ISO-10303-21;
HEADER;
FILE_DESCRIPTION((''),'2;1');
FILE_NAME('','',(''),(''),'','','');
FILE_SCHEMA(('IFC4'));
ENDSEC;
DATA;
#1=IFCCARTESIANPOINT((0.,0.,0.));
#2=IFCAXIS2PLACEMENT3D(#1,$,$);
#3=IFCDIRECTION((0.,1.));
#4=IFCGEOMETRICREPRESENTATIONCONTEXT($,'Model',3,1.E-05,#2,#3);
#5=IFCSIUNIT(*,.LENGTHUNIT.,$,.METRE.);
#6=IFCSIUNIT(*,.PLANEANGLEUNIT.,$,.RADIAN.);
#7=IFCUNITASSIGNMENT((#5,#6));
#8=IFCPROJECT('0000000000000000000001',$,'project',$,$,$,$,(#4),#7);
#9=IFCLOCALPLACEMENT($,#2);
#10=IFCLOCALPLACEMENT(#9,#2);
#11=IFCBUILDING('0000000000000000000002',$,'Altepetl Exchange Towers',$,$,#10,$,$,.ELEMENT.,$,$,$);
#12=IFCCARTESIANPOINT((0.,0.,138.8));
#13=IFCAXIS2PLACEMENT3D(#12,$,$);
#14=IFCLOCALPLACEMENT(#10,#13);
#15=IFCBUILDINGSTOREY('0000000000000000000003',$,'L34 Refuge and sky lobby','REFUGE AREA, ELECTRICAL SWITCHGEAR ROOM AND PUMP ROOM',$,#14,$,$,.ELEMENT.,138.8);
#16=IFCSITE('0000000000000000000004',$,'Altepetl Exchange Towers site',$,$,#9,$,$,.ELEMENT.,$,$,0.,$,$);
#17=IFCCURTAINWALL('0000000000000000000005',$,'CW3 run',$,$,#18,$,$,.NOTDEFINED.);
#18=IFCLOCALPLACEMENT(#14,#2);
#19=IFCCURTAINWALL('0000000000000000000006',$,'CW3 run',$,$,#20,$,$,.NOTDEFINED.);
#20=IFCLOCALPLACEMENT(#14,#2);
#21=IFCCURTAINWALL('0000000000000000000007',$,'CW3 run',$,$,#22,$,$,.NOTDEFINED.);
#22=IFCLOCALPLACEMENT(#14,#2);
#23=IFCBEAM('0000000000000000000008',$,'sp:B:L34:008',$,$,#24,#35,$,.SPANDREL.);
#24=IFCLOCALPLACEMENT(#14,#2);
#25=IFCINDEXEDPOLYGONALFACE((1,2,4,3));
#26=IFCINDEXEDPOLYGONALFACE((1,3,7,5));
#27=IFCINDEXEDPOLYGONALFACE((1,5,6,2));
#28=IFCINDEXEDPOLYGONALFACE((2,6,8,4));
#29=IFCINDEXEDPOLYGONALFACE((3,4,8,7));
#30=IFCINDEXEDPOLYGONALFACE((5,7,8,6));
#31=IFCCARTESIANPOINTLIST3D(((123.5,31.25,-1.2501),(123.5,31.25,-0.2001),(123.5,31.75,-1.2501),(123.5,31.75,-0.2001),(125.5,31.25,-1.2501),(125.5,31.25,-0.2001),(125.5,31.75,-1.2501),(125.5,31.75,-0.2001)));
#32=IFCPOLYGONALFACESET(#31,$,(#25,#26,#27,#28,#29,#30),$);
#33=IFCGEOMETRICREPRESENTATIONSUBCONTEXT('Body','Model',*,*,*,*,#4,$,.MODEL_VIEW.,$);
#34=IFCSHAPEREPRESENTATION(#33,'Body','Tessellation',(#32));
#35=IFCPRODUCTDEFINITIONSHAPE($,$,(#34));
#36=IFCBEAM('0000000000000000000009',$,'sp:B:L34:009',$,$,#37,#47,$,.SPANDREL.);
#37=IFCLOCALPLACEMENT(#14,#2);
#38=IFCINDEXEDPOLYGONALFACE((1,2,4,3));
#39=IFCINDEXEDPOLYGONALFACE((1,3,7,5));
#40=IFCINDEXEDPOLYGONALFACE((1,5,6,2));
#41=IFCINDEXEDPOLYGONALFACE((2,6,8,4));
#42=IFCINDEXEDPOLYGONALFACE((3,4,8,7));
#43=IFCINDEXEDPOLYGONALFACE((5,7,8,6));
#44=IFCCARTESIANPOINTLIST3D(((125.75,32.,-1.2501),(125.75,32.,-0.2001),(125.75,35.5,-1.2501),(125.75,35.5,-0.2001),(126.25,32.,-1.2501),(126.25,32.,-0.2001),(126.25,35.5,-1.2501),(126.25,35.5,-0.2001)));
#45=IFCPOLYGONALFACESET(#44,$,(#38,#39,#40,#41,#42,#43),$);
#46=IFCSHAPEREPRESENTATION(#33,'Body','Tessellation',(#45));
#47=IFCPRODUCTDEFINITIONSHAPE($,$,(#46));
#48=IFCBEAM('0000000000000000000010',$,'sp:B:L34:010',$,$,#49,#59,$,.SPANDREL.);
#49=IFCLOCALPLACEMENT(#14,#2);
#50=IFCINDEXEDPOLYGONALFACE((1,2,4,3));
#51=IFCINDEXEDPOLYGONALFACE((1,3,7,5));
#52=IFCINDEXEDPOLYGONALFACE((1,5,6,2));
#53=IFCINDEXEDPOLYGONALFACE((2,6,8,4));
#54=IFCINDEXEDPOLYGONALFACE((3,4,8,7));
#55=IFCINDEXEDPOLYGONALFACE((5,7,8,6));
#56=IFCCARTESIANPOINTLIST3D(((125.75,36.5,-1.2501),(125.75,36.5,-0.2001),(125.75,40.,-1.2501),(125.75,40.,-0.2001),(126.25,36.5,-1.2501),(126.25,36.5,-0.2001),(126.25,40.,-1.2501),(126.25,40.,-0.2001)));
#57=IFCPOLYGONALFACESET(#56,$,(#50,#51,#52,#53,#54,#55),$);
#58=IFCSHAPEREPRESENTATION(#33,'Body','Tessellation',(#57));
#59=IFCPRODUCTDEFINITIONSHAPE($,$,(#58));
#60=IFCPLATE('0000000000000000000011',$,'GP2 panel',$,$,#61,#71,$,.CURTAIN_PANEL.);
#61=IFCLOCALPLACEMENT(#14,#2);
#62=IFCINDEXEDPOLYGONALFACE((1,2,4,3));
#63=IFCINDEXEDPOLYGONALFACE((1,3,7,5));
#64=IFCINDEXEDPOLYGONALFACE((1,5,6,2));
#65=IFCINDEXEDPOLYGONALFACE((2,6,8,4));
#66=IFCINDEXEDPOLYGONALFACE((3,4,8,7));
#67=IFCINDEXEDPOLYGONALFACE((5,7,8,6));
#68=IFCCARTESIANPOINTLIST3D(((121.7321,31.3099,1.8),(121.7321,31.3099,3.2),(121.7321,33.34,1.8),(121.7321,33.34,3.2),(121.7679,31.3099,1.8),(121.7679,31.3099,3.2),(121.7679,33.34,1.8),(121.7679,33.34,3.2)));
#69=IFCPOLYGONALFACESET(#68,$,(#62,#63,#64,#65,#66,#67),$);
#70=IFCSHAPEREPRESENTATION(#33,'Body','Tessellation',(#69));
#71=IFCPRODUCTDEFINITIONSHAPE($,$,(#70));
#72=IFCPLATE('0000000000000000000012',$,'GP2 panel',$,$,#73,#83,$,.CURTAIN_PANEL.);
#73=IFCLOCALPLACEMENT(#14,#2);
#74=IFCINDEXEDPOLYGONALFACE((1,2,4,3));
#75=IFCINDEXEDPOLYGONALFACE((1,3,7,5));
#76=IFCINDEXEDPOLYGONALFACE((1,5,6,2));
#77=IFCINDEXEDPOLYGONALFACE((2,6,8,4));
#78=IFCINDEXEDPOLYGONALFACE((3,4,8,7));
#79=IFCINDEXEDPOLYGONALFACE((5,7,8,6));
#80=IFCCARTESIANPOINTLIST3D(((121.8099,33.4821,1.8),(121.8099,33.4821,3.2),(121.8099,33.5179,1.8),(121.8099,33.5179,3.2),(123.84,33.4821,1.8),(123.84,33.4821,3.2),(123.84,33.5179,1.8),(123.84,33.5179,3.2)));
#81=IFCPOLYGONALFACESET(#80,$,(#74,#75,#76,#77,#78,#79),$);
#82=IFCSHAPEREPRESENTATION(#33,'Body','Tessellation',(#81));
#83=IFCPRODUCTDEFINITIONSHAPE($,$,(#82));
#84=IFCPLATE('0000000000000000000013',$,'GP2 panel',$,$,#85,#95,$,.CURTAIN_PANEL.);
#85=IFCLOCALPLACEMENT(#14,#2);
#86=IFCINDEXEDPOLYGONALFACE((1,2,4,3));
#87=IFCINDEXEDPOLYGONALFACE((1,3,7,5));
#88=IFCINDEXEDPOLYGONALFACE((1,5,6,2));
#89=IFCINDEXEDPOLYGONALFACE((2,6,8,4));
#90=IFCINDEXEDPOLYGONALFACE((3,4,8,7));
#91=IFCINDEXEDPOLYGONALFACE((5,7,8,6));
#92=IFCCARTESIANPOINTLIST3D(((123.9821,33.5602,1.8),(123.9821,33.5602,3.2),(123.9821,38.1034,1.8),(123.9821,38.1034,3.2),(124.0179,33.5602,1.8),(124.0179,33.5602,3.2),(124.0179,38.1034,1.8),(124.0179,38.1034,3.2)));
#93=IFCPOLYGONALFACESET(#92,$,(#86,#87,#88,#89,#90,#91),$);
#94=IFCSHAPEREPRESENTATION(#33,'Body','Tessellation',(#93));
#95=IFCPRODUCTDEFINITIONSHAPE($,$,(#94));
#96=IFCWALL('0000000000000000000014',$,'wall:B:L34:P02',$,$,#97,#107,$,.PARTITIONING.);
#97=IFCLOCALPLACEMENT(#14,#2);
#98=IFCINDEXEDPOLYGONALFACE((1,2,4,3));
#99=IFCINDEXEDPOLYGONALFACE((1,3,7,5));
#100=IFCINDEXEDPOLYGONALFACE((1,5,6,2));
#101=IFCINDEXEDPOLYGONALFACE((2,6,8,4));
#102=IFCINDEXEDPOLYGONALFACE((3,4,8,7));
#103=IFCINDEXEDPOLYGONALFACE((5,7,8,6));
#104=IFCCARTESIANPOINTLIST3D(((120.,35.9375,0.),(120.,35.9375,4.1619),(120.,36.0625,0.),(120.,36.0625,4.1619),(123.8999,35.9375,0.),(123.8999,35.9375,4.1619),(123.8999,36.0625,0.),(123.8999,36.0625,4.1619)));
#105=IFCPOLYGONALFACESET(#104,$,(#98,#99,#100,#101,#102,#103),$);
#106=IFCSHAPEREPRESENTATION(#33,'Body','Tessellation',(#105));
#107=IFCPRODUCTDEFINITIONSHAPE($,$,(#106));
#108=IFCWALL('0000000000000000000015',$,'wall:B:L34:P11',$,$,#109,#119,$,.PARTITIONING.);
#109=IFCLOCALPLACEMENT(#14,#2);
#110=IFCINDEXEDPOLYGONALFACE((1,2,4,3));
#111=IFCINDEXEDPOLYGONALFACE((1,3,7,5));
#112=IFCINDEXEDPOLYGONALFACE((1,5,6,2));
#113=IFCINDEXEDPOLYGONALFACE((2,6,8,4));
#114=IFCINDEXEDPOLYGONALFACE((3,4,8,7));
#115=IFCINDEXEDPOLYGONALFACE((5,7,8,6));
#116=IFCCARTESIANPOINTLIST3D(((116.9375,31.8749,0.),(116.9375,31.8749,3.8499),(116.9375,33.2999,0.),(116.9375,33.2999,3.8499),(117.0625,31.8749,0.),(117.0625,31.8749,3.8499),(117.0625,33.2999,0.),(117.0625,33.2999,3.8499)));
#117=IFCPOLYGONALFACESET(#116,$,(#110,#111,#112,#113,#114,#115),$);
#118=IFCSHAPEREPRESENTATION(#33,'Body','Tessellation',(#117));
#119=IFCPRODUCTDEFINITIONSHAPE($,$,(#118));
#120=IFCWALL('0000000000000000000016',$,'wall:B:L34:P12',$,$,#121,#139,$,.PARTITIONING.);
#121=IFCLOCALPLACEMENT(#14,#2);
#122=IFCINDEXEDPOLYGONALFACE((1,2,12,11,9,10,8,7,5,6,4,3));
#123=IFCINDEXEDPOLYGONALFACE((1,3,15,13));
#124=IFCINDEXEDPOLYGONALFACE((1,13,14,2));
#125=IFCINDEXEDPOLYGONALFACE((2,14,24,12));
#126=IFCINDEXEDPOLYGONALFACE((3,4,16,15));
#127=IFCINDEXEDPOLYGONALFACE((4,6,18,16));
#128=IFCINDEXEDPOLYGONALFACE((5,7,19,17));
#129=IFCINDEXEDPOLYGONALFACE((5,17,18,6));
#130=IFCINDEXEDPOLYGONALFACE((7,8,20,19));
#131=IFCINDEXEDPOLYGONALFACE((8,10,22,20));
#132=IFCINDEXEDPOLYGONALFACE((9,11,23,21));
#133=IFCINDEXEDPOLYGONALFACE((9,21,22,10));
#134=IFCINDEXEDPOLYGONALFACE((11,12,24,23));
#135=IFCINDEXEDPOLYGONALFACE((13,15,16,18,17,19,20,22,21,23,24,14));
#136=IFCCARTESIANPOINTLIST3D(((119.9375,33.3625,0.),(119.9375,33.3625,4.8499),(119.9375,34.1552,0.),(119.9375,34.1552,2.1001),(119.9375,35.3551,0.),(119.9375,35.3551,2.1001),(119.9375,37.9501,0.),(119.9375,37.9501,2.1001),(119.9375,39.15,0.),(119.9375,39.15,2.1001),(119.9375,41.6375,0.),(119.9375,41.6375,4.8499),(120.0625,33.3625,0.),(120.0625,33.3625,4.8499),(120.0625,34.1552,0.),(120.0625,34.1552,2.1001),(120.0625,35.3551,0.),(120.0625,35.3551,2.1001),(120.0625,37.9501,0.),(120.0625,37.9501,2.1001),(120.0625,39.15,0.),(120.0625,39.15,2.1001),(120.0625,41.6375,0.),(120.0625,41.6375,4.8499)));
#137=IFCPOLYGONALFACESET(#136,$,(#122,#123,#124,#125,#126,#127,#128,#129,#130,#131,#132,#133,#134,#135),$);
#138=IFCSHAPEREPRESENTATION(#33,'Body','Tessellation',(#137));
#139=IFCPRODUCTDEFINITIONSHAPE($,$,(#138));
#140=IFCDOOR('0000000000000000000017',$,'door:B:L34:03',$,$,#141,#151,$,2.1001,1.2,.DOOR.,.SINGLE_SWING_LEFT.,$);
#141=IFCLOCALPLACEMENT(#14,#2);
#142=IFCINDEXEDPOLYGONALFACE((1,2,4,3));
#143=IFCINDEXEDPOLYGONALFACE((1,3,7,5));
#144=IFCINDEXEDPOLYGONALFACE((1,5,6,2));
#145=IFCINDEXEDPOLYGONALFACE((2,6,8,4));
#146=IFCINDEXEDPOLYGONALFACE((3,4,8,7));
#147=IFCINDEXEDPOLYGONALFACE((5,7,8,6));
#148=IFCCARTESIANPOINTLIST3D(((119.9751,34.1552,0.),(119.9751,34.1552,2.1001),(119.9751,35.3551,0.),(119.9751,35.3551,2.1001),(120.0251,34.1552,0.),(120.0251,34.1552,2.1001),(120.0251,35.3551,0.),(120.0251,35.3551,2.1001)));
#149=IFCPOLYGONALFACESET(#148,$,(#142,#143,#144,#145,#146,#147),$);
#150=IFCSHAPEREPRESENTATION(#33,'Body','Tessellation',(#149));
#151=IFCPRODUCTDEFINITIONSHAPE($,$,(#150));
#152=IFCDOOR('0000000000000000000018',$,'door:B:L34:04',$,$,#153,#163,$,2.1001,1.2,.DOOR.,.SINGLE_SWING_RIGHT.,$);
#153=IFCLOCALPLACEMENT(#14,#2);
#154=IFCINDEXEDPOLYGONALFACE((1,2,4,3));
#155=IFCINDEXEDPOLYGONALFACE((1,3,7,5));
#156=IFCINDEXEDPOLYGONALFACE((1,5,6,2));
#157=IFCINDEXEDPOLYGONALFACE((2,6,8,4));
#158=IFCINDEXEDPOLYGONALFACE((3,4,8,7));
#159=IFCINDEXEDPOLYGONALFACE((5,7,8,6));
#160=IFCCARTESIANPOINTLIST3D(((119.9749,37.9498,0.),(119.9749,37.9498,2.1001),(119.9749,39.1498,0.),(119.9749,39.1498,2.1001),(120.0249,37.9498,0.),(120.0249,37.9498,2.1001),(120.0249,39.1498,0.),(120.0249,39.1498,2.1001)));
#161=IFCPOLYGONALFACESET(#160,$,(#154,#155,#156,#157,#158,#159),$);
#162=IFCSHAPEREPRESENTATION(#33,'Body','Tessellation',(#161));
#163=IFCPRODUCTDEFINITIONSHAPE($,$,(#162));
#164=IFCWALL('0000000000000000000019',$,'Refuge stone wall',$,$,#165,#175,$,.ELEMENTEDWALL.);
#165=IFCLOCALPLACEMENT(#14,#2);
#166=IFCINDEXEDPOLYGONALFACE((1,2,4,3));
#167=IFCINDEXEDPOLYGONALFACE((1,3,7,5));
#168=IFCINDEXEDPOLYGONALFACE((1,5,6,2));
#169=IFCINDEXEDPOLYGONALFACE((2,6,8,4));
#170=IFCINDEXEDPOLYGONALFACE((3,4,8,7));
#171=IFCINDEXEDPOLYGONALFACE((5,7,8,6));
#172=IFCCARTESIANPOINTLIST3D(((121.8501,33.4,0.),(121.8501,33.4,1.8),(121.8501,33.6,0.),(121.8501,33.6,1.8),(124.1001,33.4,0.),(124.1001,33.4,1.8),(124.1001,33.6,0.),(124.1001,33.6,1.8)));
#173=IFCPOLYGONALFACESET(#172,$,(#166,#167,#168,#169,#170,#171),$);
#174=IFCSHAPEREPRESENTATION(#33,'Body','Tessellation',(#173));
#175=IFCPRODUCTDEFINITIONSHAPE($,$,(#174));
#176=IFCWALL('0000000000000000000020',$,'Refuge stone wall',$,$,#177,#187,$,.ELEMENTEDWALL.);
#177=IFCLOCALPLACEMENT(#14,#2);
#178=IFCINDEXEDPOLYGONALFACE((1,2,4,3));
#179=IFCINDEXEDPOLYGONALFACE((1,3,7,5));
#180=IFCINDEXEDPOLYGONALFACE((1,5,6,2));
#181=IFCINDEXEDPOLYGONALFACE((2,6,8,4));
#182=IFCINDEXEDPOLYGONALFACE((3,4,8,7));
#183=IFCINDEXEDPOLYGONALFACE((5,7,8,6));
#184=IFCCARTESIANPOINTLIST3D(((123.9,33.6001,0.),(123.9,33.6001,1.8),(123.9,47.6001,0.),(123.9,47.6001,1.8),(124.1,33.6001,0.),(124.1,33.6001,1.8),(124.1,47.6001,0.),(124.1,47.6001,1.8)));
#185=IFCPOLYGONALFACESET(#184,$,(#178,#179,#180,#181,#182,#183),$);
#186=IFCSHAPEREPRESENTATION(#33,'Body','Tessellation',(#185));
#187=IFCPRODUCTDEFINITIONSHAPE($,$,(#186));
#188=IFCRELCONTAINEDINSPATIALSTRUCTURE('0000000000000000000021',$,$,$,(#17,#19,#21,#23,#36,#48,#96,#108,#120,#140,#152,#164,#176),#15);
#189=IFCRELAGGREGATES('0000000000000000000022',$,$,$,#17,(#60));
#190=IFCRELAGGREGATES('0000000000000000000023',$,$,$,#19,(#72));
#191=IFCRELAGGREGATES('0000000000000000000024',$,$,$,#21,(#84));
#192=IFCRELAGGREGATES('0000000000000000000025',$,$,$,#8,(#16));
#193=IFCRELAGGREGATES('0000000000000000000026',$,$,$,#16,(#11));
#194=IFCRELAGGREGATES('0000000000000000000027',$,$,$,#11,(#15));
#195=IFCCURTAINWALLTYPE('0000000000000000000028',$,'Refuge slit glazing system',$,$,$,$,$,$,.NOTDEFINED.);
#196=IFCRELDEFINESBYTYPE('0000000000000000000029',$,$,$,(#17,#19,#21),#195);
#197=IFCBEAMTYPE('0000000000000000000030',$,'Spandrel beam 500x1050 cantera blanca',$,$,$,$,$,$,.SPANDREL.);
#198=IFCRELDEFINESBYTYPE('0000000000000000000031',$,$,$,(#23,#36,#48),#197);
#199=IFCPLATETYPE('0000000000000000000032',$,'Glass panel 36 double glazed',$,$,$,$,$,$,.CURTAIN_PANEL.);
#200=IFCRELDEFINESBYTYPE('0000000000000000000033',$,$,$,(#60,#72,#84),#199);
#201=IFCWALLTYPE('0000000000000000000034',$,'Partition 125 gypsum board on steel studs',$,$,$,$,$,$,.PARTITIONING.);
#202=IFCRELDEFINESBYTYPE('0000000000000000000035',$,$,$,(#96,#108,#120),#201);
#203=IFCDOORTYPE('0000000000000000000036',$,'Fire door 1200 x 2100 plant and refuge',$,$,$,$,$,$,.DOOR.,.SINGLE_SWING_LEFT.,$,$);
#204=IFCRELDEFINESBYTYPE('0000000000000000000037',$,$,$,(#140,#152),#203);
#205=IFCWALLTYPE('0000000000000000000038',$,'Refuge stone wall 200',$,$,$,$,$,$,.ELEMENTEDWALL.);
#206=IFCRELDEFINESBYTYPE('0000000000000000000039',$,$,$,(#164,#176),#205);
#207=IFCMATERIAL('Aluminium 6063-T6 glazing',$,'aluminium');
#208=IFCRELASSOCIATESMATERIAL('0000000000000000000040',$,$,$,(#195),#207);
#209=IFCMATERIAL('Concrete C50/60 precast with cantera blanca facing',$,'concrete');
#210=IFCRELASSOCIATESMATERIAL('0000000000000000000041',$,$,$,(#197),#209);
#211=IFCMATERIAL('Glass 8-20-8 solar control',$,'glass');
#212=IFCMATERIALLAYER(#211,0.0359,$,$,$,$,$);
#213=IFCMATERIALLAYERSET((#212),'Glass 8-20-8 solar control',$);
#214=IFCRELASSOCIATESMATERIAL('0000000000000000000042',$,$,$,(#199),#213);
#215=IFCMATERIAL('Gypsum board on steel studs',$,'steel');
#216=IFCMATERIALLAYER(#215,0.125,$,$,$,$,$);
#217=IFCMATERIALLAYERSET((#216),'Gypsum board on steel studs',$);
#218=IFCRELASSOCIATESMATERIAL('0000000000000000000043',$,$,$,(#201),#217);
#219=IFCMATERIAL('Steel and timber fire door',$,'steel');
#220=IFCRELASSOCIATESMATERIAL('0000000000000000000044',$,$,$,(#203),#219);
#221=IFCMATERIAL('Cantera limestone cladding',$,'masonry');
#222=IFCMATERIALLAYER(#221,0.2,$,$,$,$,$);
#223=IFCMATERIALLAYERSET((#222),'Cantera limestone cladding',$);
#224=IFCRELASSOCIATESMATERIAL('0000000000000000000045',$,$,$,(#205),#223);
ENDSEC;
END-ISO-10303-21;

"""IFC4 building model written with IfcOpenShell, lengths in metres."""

from ifc_helpers import new_model, si_unit, direction, frame, frame_2d, origin, origin_2d, place, context, subcontext, project, spatial, rectangle, extrude, material, layer, layer_set, material_profile, profile_set, type_object, element, fill, aggregate, save


model = new_model("IFC4")

# Units and contexts
model_context = context("Model", 3, precision=1e-05, world=origin(), true_north=direction((0.0, 1.0)))
body_context = subcontext(model_context, "Body", "Model", "MODEL_VIEW")
ifc_project = project(units=[si_unit("LENGTHUNIT", "METRE"), si_unit("PLANEANGLEUNIT", "RADIAN")], contexts=[model_context])

# Site, building, storey
site_placement = place(None, origin())
site = spatial("IfcSite", under=ifc_project, at=site_placement, Name="Altepetl Exchange Towers site", CompositionType="ELEMENT", RefElevation=0.0)
building_placement = place(site_placement, origin())
building = spatial("IfcBuilding", under=site, at=building_placement, Name="Altepetl Exchange Towers", CompositionType="ELEMENT")
storey_placement = place(building_placement, frame((0.0, 0.0, 138.8)))
storey = spatial("IfcBuildingStorey", under=building, at=storey_placement, Name="L34 Refuge and sky lobby", Description="REFUGE AREA, ELECTRICAL SWITCHGEAR ROOM AND PUMP ROOM", CompositionType="ELEMENT", Elevation=138.8)

# Curtain wall
ifc_material_1 = material(Name="Aluminium 6063-T6 glazing", Category="aluminium")
curtain_wall_type = type_object("IfcCurtainWallType", Name="Refuge slit glazing system", PredefinedType="NOTDEFINED", material=ifc_material_1)
curtain_wall_1_placement = place(storey_placement, origin())
curtain_wall_1 = element("IfcCurtainWall", 1, at=curtain_wall_1_placement, inside=storey, type_object=curtain_wall_type, Name="CW3 run", PredefinedType="NOTDEFINED")

# Curtain walls
curtain_wall_2_placement = place(storey_placement, origin())
curtain_wall_2 = element("IfcCurtainWall", 2, at=curtain_wall_2_placement, inside=storey, type_object=curtain_wall_type, Name="CW3 run", PredefinedType="NOTDEFINED")
curtain_wall_3_placement = place(storey_placement, origin())
curtain_wall_3 = element("IfcCurtainWall", 3, at=curtain_wall_3_placement, inside=storey, type_object=curtain_wall_type, Name="CW3 run", PredefinedType="NOTDEFINED")

# Beams
ifc_material_2 = material(Name="Concrete C50/60 precast with cantera blanca facing", Category="concrete")
ifc_material_profile_1 = material_profile(ifc_material_2, rectangle(XDim=0.5, YDim=1.05, at=origin_2d()), Name="500 x 1050")
ifc_profile_set_1 = profile_set([ifc_material_profile_1], Name="Concrete C50/60 precast with cantera blanca facing")
beam_type_1 = type_object("IfcBeamType", Name="Spandrel beam 500x1050 cantera blanca", PredefinedType="SPANDREL", material=ifc_profile_set_1)
beam_1_placement = place(storey_placement, frame((123.5, 31.5, -0.7251), z_axis=(1.0, 0.0, 0.0), x_axis=(0.0, 1.0, 0.0)))
element("IfcBeam", 4, at=beam_1_placement, inside=storey, type_object=beam_type_1, Name="sp:B:L34:008", PredefinedType="SPANDREL", context=body_context, shape_type="SweptSolid", body=[
    extrude(rectangle(XDim=0.5, YDim=1.05, at=origin_2d()), origin(), (0.0, 0.0, 1.0), 2.0),
])
for number, where, z_axis, x_axis, name in (
    (5, (126.0, 32.0, -0.7251), (0.0, 1.0, 0.0), (-1.0, 0.0, 0.0), "sp:B:L34:009"),
    (6, (126.0, 36.5, -0.7251), (0.0, 1.0, 0.0), (-1.0, 0.0, 0.0), "sp:B:L34:010"),
):
    element("IfcBeam", number, at=place(storey_placement, frame(where, z_axis=z_axis, x_axis=x_axis)), inside=storey, type_object=beam_type_1, Name=name, PredefinedType="SPANDREL", context=body_context, shape_type="SweptSolid", body=[
        extrude(rectangle(XDim=0.5, YDim=1.05, at=origin_2d()), origin(), (0.0, 0.0, 1.0), 3.5),
    ])

# Plates
ifc_material_3 = material(Name="Glass 8-20-8 solar control", Category="glass")
ifc_layer_1 = layer(ifc_material_3, 0.0359)
ifc_layer_set_1 = layer_set([ifc_layer_1], Name="Glass 8-20-8 solar control")
plate_type = type_object("IfcPlateType", Name="Glass panel 36 double glazed", PredefinedType="CURTAIN_PANEL", material=ifc_layer_set_1)
plate_1_placement = place(storey_placement, frame((121.75, 32.325, 1.8), z_axis=(0.0, 0.0, 1.0), x_axis=(0.0, 1.0, 0.0)))
plate_1 = element("IfcPlate", 7, at=plate_1_placement, type_object=plate_type, Name="GP2 panel", PredefinedType="CURTAIN_PANEL", context=body_context, shape_type="SweptSolid", body=[
    extrude(rectangle(XDim=2.03, YDim=0.0359, at=origin_2d()), origin(), (0.0, 0.0, 1.0), 1.3999),
])
aggregate(curtain_wall_1, [plate_1])
plate_2_placement = place(storey_placement, frame((122.825, 33.5, 1.8)))
plate_2 = element("IfcPlate", 8, at=plate_2_placement, type_object=plate_type, Name="GP2 panel", PredefinedType="CURTAIN_PANEL", context=body_context, shape_type="SweptSolid", body=[
    extrude(rectangle(XDim=2.03, YDim=0.0359, at=origin_2d()), origin(), (0.0, 0.0, 1.0), 1.3999),
])
aggregate(curtain_wall_2, [plate_2])
plate_3_placement = place(storey_placement, frame((124.0, 35.8318, 1.8), z_axis=(0.0, 0.0, 1.0), x_axis=(0.0, 1.0, 0.0)))
plate_3 = element("IfcPlate", 9, at=plate_3_placement, type_object=plate_type, Name="GP2 panel", PredefinedType="CURTAIN_PANEL", context=body_context, shape_type="SweptSolid", body=[
    extrude(rectangle(XDim=4.5432, YDim=0.0359, at=origin_2d()), origin(), (0.0, 0.0, 1.0), 1.3999),
])
aggregate(curtain_wall_3, [plate_3])

# Walls
ifc_material_4 = material(Name="Gypsum board on steel studs", Category="steel")
ifc_layer_2 = layer(ifc_material_4, 0.125)
ifc_layer_set_2 = layer_set([ifc_layer_2], Name="Gypsum board on steel studs")
wall_type_1 = type_object("IfcWallType", Name="Partition 125 gypsum board on steel studs", PredefinedType="PARTITIONING", material=ifc_layer_set_2)
wall_1_placement = place(storey_placement, frame((120.0, 36.0, 0.0)))
element("IfcWall", 10, at=wall_1_placement, inside=storey, type_object=wall_type_1, Name="wall:B:L34:P02", PredefinedType="PARTITIONING", context=body_context, shape_type="SweptSolid", body=[
    extrude(rectangle(XDim=3.8999, YDim=0.125, at=frame_2d((1.95, 0.0))), origin(), (0.0, 0.0, 1.0), 4.1619),
])
wall_2_placement = place(storey_placement, frame((117.0, 31.875, 0.0), z_axis=(0.0, 0.0, 1.0), x_axis=(0.0, 1.0, 0.0)))
element("IfcWall", 11, at=wall_2_placement, inside=storey, type_object=wall_type_1, Name="wall:B:L34:P11", PredefinedType="PARTITIONING", context=body_context, shape_type="SweptSolid", body=[
    extrude(rectangle(XDim=1.425, YDim=0.125, at=frame_2d((0.7124, 0.0))), origin(), (0.0, 0.0, 1.0), 3.8499),
])

# Wall, openings, doors
wall_3_placement = place(storey_placement, frame((120.0, 33.3625, 0.0), z_axis=(0.0, 0.0, 1.0), x_axis=(0.0, 1.0, 0.0)))
wall_3 = element("IfcWall", 12, at=wall_3_placement, inside=storey, type_object=wall_type_1, Name="wall:B:L34:P12", PredefinedType="PARTITIONING", context=body_context, shape_type="SweptSolid", body=[
    extrude(rectangle(XDim=8.2749, YDim=0.125, at=frame_2d((4.1375, 0.0))), origin(), (0.0, 0.0, 1.0), 4.8499),
])
opening_1_placement = place(wall_3_placement, frame((0.7925, 0.0, 0.0)))
opening_1 = element("IfcOpeningElement", 13, at=opening_1_placement, cuts=wall_3, PredefinedType="OPENING", context=body_context, shape_type="SweptSolid", body=[
    extrude(rectangle(XDim=1.2, YDim=2.1001, at=frame_2d((0.6001, 1.05))), frame((0.0, 0.0725, 0.0), z_axis=(0.0, -1.0, 0.0), x_axis=(1.0, 0.0, 0.0)), (0.0, 0.0, 1.0), 0.145),
])
opening_2_placement = place(wall_3_placement, frame((4.5874, 0.0, 0.0)))
opening_2 = element("IfcOpeningElement", 14, at=opening_2_placement, cuts=wall_3, PredefinedType="OPENING", context=body_context, shape_type="SweptSolid", body=[
    extrude(rectangle(XDim=1.2, YDim=2.1001, at=frame_2d((0.6001, 1.05))), frame((0.0, 0.0725, 0.0), z_axis=(0.0, -1.0, 0.0), x_axis=(1.0, 0.0, 0.0)), (0.0, 0.0, 1.0), 0.145),
])
ifc_material_5 = material(Name="Steel and timber fire door", Category="steel")
door_type = type_object("IfcDoorType", Name="Fire door 1200 x 2100 plant and refuge", OperationType="SINGLE_SWING_LEFT", PredefinedType="DOOR", material=ifc_material_5)
door_1_placement = place(opening_1_placement, origin())
door_1 = element("IfcDoor", 15, at=door_1_placement, inside=storey, type_object=door_type, Name="door:B:L34:03", OperationType="SINGLE_SWING_LEFT", OverallHeight=2.1001, OverallWidth=1.2, PredefinedType="DOOR", context=body_context, shape_type="SweptSolid", body=[
    extrude(rectangle(XDim=1.2, YDim=2.1001, at=frame_2d((0.6001, 1.05))), frame((0.0, 0.0249, 0.0), z_axis=(0.0, -1.0, 0.0), x_axis=(1.0, 0.0, 0.0)), (0.0, 0.0, 1.0), 0.05),
])
fill(opening_1, door_1)
door_2_placement = place(opening_2_placement, frame((1.2, 0.0, 0.0), x_axis=(-1.0, 0.0, 0.0)))
door_2 = element("IfcDoor", 16, at=door_2_placement, inside=storey, type_object=door_type, Name="door:B:L34:04", OperationType="SINGLE_SWING_RIGHT", OverallHeight=2.1001, OverallWidth=1.2, PredefinedType="DOOR", context=body_context, shape_type="SweptSolid", body=[
    extrude(rectangle(XDim=1.2, YDim=2.1001, at=frame_2d((0.6001, 1.05))), frame((0.0, 0.0249, 0.0), z_axis=(0.0, -1.0, 0.0), x_axis=(1.0, 0.0, 0.0)), (0.0, 0.0, 1.0), 0.05),
])
fill(opening_2, door_2)

# Walls
ifc_material_6 = material(Name="Cantera limestone cladding", Category="masonry")
ifc_layer_3 = layer(ifc_material_6, 0.2)
ifc_layer_set_3 = layer_set([ifc_layer_3], Name="Cantera limestone cladding")
wall_type_2 = type_object("IfcWallType", Name="Refuge stone wall 200", PredefinedType="ELEMENTEDWALL", material=ifc_layer_set_3)
wall_4_placement = place(storey_placement, frame((121.8501, 33.5, 0.0)))
element("IfcWall", 17, at=wall_4_placement, inside=storey, type_object=wall_type_2, Name="Refuge stone wall", PredefinedType="ELEMENTEDWALL", context=body_context, shape_type="SweptSolid", body=[
    extrude(rectangle(XDim=2.25, YDim=0.2, at=frame_2d((1.125, 0.0))), origin(), (0.0, 0.0, 1.0), 1.8),
])
wall_5_placement = place(storey_placement, frame((124.0, 33.6001, 0.0), z_axis=(0.0, 0.0, 1.0), x_axis=(0.0, 1.0, 0.0)))
element("IfcWall", 18, at=wall_5_placement, inside=storey, type_object=wall_type_2, Name="Refuge stone wall", PredefinedType="ELEMENTEDWALL", context=body_context, shape_type="SweptSolid", body=[
    extrude(rectangle(XDim=14.0, YDim=0.2, at=frame_2d((7.0, 0.0))), origin(), (0.0, 0.0, 1.0), 1.8),
])

save(model, "model.ifc")
